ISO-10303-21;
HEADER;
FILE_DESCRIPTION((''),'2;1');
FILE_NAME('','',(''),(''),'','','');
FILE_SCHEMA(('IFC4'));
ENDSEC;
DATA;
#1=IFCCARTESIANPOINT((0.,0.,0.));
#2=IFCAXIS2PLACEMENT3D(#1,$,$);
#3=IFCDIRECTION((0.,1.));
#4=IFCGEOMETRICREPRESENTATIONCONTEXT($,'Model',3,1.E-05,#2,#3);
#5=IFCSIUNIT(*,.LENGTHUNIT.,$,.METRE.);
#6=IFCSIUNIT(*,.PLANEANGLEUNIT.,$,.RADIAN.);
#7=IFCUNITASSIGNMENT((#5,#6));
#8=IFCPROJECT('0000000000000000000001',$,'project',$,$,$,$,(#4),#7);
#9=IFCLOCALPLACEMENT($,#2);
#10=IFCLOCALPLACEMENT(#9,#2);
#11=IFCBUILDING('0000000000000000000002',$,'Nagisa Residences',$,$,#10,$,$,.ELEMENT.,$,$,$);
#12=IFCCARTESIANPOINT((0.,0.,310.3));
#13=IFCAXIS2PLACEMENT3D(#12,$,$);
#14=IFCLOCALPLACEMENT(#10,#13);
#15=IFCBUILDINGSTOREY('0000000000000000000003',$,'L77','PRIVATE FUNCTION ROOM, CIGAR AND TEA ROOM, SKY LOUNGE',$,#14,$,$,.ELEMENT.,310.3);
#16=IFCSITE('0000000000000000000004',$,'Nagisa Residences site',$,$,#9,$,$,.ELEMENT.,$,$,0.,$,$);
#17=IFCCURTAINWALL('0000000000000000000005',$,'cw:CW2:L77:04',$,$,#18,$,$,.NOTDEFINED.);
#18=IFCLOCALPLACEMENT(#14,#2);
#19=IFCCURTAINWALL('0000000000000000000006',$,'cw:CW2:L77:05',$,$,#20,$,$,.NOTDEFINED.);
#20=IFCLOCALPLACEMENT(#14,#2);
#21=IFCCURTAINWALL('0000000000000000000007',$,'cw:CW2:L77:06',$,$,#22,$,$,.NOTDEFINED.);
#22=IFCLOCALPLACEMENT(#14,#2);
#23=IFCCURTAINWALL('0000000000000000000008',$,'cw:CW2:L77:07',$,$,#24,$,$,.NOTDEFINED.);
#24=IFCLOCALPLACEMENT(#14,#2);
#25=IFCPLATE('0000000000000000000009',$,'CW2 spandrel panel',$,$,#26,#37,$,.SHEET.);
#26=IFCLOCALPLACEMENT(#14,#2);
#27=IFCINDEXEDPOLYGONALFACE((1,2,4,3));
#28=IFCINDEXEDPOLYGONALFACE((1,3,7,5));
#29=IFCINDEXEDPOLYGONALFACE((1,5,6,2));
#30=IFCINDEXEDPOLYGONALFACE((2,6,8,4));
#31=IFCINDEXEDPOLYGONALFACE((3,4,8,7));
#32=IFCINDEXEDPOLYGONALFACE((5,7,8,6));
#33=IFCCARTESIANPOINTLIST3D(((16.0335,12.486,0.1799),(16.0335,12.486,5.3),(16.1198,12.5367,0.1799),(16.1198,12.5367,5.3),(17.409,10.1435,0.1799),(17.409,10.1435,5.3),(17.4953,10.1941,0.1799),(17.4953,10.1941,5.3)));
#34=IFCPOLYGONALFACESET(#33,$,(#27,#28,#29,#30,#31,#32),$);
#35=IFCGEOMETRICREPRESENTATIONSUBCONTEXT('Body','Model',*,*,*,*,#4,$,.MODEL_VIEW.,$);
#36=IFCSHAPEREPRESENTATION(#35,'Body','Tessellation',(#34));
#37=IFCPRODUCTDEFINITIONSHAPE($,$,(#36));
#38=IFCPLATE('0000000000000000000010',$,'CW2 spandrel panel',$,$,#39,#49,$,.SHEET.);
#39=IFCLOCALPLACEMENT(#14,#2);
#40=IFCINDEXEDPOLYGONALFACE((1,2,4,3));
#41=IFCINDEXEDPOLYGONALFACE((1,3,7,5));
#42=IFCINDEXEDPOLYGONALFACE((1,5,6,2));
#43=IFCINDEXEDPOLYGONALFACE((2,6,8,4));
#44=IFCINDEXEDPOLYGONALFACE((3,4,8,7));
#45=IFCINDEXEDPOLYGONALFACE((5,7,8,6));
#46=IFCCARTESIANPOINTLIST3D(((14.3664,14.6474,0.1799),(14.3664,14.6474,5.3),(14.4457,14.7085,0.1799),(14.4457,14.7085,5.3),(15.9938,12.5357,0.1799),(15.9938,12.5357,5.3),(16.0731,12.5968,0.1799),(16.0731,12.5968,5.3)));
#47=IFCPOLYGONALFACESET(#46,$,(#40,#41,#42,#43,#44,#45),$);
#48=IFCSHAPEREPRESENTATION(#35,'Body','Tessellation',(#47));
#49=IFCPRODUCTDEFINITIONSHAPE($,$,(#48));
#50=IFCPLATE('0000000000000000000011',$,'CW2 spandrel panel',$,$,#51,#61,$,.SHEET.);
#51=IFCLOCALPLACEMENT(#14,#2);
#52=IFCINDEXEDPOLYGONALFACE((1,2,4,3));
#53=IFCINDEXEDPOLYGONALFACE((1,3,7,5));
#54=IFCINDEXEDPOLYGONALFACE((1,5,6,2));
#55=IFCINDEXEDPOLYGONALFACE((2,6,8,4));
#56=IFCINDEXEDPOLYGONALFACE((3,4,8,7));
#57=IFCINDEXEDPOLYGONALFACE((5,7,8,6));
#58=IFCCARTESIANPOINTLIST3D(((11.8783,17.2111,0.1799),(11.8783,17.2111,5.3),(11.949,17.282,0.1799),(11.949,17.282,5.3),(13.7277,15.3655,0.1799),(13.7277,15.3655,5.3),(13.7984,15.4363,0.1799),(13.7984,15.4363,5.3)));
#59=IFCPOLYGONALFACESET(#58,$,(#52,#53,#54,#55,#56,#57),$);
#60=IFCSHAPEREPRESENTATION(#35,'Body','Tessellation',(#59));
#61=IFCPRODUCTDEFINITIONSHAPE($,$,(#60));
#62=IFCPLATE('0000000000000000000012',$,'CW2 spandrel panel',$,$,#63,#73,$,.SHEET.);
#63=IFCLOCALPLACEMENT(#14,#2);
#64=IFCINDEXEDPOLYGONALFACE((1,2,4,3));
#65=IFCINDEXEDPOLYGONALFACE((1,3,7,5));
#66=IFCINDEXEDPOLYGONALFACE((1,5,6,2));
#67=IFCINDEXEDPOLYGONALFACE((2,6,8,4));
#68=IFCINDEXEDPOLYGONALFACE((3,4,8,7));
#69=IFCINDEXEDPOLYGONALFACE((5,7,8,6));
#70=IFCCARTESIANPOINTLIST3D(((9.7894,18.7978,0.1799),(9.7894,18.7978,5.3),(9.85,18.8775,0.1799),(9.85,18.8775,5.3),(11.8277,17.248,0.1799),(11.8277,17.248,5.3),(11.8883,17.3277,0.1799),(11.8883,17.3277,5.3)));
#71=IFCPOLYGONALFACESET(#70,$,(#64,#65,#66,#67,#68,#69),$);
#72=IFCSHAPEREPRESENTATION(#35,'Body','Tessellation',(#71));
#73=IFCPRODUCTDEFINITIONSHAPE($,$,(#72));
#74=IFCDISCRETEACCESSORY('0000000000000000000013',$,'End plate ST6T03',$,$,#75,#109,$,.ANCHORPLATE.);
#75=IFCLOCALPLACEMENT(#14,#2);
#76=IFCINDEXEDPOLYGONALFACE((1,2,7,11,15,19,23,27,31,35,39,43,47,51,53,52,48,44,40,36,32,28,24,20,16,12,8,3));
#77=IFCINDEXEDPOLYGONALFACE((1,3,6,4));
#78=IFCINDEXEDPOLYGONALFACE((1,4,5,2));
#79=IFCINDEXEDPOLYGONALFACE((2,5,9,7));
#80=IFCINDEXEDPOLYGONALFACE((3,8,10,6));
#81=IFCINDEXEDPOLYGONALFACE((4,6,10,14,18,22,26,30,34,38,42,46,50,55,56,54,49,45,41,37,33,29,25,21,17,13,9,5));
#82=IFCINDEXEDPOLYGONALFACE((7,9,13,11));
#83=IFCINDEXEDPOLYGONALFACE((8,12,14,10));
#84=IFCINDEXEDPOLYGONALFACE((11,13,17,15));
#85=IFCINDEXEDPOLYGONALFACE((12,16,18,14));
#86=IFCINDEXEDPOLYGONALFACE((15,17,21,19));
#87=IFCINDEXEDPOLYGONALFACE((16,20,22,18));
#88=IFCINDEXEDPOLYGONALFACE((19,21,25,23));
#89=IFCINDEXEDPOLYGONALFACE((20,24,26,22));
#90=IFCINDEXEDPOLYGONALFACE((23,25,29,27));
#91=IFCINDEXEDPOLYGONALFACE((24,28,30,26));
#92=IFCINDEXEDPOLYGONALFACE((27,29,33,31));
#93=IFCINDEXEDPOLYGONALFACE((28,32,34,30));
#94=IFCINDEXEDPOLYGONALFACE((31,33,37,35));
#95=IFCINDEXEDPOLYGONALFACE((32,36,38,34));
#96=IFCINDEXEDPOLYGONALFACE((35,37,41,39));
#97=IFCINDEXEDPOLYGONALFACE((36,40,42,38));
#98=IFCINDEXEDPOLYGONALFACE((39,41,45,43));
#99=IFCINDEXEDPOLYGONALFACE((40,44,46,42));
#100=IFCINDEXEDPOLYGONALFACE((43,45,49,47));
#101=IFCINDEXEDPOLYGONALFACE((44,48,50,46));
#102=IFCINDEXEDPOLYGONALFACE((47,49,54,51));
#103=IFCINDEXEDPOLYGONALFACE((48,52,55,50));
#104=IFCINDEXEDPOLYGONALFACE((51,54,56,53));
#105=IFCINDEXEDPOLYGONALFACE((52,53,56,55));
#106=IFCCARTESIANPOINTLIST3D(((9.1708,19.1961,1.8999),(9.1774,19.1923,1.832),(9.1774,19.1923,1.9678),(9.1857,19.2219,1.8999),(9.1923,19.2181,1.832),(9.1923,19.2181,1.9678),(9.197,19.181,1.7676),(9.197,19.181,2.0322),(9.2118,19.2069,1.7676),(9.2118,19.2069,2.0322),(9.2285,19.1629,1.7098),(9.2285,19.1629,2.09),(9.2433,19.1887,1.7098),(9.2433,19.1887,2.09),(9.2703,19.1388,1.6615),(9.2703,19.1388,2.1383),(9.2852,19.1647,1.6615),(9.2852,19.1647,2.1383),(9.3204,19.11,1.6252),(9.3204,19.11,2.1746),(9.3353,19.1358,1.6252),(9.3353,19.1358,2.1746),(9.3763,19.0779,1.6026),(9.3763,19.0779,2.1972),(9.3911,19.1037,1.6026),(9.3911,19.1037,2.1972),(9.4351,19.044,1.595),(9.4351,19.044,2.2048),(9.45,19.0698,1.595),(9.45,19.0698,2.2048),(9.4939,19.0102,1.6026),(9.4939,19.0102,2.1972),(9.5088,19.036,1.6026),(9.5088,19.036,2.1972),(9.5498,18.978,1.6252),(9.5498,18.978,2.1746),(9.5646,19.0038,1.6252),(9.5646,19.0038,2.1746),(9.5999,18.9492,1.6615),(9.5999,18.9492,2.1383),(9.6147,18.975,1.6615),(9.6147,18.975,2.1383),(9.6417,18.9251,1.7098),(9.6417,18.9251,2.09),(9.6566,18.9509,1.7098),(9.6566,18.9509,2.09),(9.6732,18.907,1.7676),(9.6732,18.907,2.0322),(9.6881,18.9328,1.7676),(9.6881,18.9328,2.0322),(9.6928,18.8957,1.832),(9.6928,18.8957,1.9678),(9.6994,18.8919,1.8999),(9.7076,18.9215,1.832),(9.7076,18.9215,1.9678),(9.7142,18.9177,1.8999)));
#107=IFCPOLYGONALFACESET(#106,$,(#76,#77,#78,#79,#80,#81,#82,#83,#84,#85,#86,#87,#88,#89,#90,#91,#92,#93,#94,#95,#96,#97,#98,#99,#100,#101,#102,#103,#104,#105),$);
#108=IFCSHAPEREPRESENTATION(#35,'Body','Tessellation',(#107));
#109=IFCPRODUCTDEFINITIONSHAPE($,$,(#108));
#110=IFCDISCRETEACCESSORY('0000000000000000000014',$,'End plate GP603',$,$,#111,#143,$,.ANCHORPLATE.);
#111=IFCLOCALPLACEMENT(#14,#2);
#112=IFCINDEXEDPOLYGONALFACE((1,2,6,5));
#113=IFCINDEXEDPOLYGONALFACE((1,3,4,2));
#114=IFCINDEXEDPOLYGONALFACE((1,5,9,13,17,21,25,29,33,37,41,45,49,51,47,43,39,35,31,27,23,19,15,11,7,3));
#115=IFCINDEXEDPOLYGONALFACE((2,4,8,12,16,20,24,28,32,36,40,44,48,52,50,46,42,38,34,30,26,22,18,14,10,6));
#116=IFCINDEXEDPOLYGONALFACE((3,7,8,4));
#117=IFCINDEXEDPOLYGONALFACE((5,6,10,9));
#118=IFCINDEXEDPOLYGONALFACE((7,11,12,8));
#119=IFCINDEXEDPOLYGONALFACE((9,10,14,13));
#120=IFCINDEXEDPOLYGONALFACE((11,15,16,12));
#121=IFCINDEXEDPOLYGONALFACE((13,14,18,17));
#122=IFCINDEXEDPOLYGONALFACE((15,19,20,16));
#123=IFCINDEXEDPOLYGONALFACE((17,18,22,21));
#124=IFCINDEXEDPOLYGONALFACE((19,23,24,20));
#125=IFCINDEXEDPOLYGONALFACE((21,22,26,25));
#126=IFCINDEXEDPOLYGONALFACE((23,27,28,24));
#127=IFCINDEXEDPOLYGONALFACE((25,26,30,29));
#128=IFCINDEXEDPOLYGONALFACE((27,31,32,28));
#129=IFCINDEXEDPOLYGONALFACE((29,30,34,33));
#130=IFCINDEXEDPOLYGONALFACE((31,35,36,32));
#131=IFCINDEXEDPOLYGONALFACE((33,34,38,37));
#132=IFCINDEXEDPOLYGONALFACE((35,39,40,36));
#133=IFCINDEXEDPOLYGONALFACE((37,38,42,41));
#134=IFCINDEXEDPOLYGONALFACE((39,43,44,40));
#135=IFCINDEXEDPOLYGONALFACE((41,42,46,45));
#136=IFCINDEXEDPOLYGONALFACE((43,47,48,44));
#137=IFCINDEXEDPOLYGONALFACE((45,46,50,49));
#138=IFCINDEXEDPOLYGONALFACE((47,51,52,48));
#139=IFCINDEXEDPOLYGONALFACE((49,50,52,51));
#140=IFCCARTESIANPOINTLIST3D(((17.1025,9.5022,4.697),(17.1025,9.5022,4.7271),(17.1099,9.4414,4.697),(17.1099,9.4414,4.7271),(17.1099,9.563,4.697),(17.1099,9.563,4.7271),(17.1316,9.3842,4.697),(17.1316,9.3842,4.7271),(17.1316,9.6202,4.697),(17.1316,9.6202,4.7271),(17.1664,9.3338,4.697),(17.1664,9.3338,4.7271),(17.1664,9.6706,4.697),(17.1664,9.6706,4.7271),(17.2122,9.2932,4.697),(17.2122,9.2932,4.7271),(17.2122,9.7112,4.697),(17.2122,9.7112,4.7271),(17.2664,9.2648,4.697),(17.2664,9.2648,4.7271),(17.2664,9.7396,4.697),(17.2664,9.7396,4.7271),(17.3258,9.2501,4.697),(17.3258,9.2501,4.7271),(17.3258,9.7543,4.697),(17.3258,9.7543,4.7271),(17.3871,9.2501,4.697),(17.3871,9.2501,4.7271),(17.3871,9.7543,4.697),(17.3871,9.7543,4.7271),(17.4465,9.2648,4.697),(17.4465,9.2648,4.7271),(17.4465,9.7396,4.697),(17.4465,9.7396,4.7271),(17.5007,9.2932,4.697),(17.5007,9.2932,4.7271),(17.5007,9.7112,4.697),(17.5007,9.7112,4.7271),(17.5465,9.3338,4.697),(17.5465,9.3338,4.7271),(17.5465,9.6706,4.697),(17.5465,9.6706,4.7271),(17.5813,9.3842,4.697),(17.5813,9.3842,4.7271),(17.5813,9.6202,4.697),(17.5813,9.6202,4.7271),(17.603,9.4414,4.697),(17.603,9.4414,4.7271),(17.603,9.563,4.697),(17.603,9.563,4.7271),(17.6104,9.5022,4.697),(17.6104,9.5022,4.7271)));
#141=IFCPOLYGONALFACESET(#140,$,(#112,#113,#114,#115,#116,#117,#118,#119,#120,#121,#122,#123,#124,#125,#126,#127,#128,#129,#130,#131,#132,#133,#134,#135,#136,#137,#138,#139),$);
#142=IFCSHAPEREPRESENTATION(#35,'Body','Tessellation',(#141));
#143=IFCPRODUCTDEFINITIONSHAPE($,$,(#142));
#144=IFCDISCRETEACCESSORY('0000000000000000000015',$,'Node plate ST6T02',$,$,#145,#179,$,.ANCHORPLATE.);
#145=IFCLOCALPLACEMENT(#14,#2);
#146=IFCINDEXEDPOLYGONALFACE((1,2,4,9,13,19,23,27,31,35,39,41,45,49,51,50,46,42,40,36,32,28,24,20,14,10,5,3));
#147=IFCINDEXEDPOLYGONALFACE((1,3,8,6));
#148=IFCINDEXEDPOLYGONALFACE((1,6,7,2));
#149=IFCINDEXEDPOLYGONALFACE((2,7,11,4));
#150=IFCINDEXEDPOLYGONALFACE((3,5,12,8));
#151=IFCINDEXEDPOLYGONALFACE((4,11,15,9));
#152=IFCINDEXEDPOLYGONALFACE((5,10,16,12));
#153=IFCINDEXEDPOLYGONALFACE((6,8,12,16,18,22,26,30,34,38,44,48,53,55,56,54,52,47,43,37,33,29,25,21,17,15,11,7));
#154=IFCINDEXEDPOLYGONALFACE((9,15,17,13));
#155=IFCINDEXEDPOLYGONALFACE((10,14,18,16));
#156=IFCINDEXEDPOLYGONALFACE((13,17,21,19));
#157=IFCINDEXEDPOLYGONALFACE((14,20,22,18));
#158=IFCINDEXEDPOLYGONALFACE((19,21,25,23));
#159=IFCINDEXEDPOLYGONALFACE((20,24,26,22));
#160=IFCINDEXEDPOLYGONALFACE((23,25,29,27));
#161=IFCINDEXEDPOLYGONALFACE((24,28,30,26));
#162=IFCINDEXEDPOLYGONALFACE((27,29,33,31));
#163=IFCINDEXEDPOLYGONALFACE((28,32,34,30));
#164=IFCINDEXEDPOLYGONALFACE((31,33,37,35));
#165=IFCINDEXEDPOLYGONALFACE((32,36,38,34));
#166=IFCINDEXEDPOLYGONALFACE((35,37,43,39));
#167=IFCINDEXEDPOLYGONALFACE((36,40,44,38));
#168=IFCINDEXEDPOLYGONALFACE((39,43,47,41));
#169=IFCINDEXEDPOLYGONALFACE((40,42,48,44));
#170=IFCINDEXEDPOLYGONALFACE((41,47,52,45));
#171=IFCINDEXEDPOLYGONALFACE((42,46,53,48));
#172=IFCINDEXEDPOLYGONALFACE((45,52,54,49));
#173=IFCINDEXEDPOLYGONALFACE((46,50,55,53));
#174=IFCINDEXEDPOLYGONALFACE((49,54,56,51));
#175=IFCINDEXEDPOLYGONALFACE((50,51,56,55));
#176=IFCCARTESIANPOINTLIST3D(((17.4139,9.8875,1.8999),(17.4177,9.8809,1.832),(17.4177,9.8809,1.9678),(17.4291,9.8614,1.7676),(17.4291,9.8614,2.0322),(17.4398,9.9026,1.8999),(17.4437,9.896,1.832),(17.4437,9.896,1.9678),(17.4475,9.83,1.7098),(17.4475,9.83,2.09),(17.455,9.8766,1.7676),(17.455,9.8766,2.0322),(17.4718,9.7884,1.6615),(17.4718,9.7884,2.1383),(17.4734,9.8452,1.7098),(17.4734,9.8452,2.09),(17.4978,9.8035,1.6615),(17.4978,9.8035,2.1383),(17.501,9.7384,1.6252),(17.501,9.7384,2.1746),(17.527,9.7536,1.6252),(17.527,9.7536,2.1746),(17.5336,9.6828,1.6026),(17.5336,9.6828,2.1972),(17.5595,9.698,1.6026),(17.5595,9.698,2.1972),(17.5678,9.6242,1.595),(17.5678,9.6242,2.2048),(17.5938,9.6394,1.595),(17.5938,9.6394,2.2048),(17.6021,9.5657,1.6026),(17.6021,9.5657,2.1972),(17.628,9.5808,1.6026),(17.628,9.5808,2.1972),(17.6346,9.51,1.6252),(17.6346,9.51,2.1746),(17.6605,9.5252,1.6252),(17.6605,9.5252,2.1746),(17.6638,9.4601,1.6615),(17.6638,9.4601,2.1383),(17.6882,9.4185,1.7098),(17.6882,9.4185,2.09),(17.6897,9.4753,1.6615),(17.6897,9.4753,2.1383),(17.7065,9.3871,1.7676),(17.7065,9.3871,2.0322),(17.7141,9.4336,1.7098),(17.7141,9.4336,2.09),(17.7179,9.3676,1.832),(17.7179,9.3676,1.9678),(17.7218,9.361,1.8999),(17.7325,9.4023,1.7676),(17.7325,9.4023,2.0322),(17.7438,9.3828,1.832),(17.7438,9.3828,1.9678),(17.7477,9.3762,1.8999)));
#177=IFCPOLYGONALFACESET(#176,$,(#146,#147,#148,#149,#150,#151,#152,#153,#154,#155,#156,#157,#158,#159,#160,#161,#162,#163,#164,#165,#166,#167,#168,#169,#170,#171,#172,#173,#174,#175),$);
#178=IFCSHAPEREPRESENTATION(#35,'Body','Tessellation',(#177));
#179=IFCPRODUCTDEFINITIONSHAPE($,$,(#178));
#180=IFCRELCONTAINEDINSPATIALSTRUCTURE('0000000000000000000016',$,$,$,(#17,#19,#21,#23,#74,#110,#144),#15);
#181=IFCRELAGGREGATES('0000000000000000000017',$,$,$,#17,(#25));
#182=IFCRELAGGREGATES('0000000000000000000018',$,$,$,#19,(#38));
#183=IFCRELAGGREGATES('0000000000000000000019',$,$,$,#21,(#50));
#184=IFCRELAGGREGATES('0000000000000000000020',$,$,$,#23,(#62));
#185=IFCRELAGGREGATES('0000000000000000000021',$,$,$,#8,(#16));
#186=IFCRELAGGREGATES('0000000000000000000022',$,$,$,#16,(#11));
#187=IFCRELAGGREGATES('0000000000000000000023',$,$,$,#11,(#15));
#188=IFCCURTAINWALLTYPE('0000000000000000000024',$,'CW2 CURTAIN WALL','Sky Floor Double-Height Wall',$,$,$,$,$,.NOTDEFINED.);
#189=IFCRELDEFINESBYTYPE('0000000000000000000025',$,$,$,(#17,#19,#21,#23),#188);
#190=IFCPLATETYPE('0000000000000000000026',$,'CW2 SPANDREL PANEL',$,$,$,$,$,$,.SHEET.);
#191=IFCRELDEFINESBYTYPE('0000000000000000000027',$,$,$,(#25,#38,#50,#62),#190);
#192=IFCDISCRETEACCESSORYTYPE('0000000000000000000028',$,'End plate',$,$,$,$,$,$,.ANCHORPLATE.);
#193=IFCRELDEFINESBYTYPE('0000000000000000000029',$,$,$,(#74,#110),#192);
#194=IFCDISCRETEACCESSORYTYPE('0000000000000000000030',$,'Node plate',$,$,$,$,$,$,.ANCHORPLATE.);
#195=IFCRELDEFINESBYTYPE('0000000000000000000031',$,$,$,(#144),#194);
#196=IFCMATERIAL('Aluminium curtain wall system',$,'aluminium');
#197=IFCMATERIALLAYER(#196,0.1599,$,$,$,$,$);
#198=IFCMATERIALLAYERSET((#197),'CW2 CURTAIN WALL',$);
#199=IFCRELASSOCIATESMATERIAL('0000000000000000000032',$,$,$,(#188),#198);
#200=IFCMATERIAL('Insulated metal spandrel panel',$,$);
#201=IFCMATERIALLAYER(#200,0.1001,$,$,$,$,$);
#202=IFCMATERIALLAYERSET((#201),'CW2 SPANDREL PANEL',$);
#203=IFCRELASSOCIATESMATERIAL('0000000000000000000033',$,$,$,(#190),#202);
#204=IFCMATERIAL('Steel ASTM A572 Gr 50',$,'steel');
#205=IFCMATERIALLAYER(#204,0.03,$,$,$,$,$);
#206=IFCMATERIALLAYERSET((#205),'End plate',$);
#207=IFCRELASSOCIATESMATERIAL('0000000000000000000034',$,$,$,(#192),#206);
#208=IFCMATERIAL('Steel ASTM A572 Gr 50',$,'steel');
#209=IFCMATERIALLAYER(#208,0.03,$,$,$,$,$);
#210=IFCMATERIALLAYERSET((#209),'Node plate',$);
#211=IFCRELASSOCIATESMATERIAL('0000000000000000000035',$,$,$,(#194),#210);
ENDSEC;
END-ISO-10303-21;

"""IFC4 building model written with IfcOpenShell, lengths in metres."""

from ifc_helpers import new_model, si_unit, direction, frame, origin, origin_2d, place, context, subcontext, project, spatial, rectangle, circle, extrude, material, layer, layer_set, type_object, element, aggregate, save


model = new_model("IFC4")

# Units and contexts
model_context = context("Model", 3, precision=1e-05, world=origin(), true_north=direction((0.0, 1.0)))
body_context = subcontext(model_context, "Body", "Model", "MODEL_VIEW")
ifc_project = project(units=[si_unit("LENGTHUNIT", "METRE"), si_unit("PLANEANGLEUNIT", "RADIAN")], contexts=[model_context])

# Site, building, storey
site_placement = place(None, origin())
site = spatial("IfcSite", under=ifc_project, at=site_placement, Name="Nagisa Residences site", CompositionType="ELEMENT", RefElevation=0.0)
building_placement = place(site_placement, origin())
building = spatial("IfcBuilding", under=site, at=building_placement, Name="Nagisa Residences", CompositionType="ELEMENT")
storey_placement = place(building_placement, frame((0.0, 0.0, 310.3)))
storey = spatial("IfcBuildingStorey", under=building, at=storey_placement, Name="L77", Description="PRIVATE FUNCTION ROOM, CIGAR AND TEA ROOM, SKY LOUNGE", CompositionType="ELEMENT", Elevation=310.3)

# Curtain walls
ifc_material_1 = material(Name="Aluminium curtain wall system", Category="aluminium")
ifc_layer_1 = layer(ifc_material_1, 0.1599)
ifc_layer_set_1 = layer_set([ifc_layer_1], Name="CW2 CURTAIN WALL")
curtain_wall_type = type_object("IfcCurtainWallType", Name="CW2 CURTAIN WALL", Description="Sky Floor Double-Height Wall", PredefinedType="NOTDEFINED", material=ifc_layer_set_1)
curtain_wall_1_placement = place(storey_placement, origin())
curtain_wall_1 = element("IfcCurtainWall", 1, at=curtain_wall_1_placement, inside=storey, type_object=curtain_wall_type, Name="cw:CW2:L77:04", PredefinedType="NOTDEFINED")
curtain_wall_2_placement = place(storey_placement, origin())
curtain_wall_2 = element("IfcCurtainWall", 2, at=curtain_wall_2_placement, inside=storey, type_object=curtain_wall_type, Name="cw:CW2:L77:05", PredefinedType="NOTDEFINED")
curtain_wall_3_placement = place(storey_placement, origin())
curtain_wall_3 = element("IfcCurtainWall", 3, at=curtain_wall_3_placement, inside=storey, type_object=curtain_wall_type, Name="cw:CW2:L77:06", PredefinedType="NOTDEFINED")
curtain_wall_4_placement = place(storey_placement, origin())
curtain_wall_4 = element("IfcCurtainWall", 4, at=curtain_wall_4_placement, inside=storey, type_object=curtain_wall_type, Name="cw:CW2:L77:07", PredefinedType="NOTDEFINED")

# Plates
ifc_material_2 = material(Name="Insulated metal spandrel panel")
ifc_layer_2 = layer(ifc_material_2, 0.1001)
ifc_layer_set_2 = layer_set([ifc_layer_2], Name="CW2 SPANDREL PANEL")
plate_type = type_object("IfcPlateType", Name="CW2 SPANDREL PANEL", PredefinedType="SHEET", material=ifc_layer_set_2)
plate_1_placement = place(storey_placement, frame((16.7644, 11.3401, 0.1799), z_axis=(0.0, 0.0, 1.0), x_axis=(-0.506349, 0.862329, 0.0)))
plate_1 = element("IfcPlate", 5, at=plate_1_placement, type_object=plate_type, Name="CW2 spandrel panel", PredefinedType="SHEET", context=body_context, shape_type="SweptSolid", body=[
    extrude(rectangle(XDim=2.7166, YDim=0.1001, at=origin_2d()), origin(), (0.0, 0.0, 1.0), 5.1201),
])
aggregate(curtain_wall_1, [plate_1])
plate_2_placement = place(storey_placement, frame((15.2197, 13.6221, 0.1799), z_axis=(0.0, 0.0, 1.0), x_axis=(-0.61043, 0.79207, 0.0)))
plate_2 = element("IfcPlate", 6, at=plate_2_placement, type_object=plate_type, Name="CW2 spandrel panel", PredefinedType="SHEET", context=body_context, shape_type="SweptSolid", body=[
    extrude(rectangle(XDim=2.666, YDim=0.1001, at=origin_2d()), origin(), (0.0, 0.0, 1.0), 5.1201),
])
aggregate(curtain_wall_2, [plate_2])
plate_3_placement = place(storey_placement, frame((12.8384, 16.3237, 0.1799), z_axis=(0.0, 0.0, 1.0), x_axis=(-0.707836, 0.706377, 0.0)))
plate_3 = element("IfcPlate", 7, at=plate_3_placement, type_object=plate_type, Name="CW2 spandrel panel", PredefinedType="SHEET", context=body_context, shape_type="SweptSolid", body=[
    extrude(rectangle(XDim=2.6128, YDim=0.1001, at=origin_2d()), origin(), (0.0, 0.0, 1.0), 5.1201),
])
aggregate(curtain_wall_3, [plate_3])
plate_4_placement = place(storey_placement, frame((10.8389, 18.0627, 0.1799), z_axis=(0.0, 0.0, 1.0), x_axis=(-0.796031, 0.605255, 0.0)))
plate_4 = element("IfcPlate", 8, at=plate_4_placement, type_object=plate_type, Name="CW2 spandrel panel", PredefinedType="SHEET", context=body_context, shape_type="SweptSolid", body=[
    extrude(rectangle(XDim=2.5605, YDim=0.1001, at=origin_2d()), origin(), (0.0, 0.0, 1.0), 5.1201),
])
aggregate(curtain_wall_4, [plate_4])

# Discrete accessories
ifc_material_3 = material(Name="Steel ASTM A572 Gr 50", Category="steel")
ifc_layer_3 = layer(ifc_material_3, 0.03)
ifc_layer_set_3 = layer_set([ifc_layer_3], Name="End plate")
discrete_accessory_type_1 = type_object("IfcDiscreteAccessoryType", Name="End plate", PredefinedType="ANCHORPLATE", material=ifc_layer_set_3)
discrete_accessory_1_placement = place(storey_placement, frame((9.45, 19.0698, 1.8999), z_axis=(-0.498778, -0.86673, 0.0), x_axis=(0.86673, -0.498778, 0.0)))
element("IfcDiscreteAccessory", 9, at=discrete_accessory_1_placement, inside=storey, type_object=discrete_accessory_type_1, Name="End plate ST6T03", PredefinedType="ANCHORPLATE", context=body_context, shape_type="SweptSolid", body=[
    extrude(circle(Radius=0.3049, at=origin_2d()), origin(), (0.0, 0.0, 1.0), 0.0298),
])
discrete_accessory_2_placement = place(storey_placement, frame((17.3564, 9.5022, 4.697), z_axis=(0.0, 0.0, 1.0), x_axis=(1.0, 0.0, 0.0)))
element("IfcDiscreteAccessory", 10, at=discrete_accessory_2_placement, inside=storey, type_object=discrete_accessory_type_1, Name="End plate GP603", PredefinedType="ANCHORPLATE", context=body_context, shape_type="SweptSolid", body=[
    extrude(circle(Radius=0.2539, at=origin_2d()), origin(), (0.0, 0.0, 1.0), 0.03),
])
ifc_material_4 = material(Name="Steel ASTM A572 Gr 50", Category="steel")
ifc_layer_4 = layer(ifc_material_4, 0.03)
ifc_layer_set_4 = layer_set([ifc_layer_4], Name="Node plate")
discrete_accessory_type_2 = type_object("IfcDiscreteAccessoryType", Name="Node plate", PredefinedType="ANCHORPLATE", material=ifc_layer_set_4)
for number, where, z_axis, x_axis, name in (
    (11, (17.5938, 9.6394, 1.8999), (-0.863188, -0.504883, 0.0), (0.504883, -0.863188, 0.0), "Node plate ST6T02"),
):
    element("IfcDiscreteAccessory", number, at=place(storey_placement, frame(where, z_axis=z_axis, x_axis=x_axis)), inside=storey, type_object=discrete_accessory_type_2, Name=name, PredefinedType="ANCHORPLATE", context=body_context, shape_type="SweptSolid", body=[
        extrude(circle(Radius=0.3049, at=origin_2d()), origin(), (0.0, 0.0, 1.0), 0.03),
    ])

save(model, "model.ifc")
